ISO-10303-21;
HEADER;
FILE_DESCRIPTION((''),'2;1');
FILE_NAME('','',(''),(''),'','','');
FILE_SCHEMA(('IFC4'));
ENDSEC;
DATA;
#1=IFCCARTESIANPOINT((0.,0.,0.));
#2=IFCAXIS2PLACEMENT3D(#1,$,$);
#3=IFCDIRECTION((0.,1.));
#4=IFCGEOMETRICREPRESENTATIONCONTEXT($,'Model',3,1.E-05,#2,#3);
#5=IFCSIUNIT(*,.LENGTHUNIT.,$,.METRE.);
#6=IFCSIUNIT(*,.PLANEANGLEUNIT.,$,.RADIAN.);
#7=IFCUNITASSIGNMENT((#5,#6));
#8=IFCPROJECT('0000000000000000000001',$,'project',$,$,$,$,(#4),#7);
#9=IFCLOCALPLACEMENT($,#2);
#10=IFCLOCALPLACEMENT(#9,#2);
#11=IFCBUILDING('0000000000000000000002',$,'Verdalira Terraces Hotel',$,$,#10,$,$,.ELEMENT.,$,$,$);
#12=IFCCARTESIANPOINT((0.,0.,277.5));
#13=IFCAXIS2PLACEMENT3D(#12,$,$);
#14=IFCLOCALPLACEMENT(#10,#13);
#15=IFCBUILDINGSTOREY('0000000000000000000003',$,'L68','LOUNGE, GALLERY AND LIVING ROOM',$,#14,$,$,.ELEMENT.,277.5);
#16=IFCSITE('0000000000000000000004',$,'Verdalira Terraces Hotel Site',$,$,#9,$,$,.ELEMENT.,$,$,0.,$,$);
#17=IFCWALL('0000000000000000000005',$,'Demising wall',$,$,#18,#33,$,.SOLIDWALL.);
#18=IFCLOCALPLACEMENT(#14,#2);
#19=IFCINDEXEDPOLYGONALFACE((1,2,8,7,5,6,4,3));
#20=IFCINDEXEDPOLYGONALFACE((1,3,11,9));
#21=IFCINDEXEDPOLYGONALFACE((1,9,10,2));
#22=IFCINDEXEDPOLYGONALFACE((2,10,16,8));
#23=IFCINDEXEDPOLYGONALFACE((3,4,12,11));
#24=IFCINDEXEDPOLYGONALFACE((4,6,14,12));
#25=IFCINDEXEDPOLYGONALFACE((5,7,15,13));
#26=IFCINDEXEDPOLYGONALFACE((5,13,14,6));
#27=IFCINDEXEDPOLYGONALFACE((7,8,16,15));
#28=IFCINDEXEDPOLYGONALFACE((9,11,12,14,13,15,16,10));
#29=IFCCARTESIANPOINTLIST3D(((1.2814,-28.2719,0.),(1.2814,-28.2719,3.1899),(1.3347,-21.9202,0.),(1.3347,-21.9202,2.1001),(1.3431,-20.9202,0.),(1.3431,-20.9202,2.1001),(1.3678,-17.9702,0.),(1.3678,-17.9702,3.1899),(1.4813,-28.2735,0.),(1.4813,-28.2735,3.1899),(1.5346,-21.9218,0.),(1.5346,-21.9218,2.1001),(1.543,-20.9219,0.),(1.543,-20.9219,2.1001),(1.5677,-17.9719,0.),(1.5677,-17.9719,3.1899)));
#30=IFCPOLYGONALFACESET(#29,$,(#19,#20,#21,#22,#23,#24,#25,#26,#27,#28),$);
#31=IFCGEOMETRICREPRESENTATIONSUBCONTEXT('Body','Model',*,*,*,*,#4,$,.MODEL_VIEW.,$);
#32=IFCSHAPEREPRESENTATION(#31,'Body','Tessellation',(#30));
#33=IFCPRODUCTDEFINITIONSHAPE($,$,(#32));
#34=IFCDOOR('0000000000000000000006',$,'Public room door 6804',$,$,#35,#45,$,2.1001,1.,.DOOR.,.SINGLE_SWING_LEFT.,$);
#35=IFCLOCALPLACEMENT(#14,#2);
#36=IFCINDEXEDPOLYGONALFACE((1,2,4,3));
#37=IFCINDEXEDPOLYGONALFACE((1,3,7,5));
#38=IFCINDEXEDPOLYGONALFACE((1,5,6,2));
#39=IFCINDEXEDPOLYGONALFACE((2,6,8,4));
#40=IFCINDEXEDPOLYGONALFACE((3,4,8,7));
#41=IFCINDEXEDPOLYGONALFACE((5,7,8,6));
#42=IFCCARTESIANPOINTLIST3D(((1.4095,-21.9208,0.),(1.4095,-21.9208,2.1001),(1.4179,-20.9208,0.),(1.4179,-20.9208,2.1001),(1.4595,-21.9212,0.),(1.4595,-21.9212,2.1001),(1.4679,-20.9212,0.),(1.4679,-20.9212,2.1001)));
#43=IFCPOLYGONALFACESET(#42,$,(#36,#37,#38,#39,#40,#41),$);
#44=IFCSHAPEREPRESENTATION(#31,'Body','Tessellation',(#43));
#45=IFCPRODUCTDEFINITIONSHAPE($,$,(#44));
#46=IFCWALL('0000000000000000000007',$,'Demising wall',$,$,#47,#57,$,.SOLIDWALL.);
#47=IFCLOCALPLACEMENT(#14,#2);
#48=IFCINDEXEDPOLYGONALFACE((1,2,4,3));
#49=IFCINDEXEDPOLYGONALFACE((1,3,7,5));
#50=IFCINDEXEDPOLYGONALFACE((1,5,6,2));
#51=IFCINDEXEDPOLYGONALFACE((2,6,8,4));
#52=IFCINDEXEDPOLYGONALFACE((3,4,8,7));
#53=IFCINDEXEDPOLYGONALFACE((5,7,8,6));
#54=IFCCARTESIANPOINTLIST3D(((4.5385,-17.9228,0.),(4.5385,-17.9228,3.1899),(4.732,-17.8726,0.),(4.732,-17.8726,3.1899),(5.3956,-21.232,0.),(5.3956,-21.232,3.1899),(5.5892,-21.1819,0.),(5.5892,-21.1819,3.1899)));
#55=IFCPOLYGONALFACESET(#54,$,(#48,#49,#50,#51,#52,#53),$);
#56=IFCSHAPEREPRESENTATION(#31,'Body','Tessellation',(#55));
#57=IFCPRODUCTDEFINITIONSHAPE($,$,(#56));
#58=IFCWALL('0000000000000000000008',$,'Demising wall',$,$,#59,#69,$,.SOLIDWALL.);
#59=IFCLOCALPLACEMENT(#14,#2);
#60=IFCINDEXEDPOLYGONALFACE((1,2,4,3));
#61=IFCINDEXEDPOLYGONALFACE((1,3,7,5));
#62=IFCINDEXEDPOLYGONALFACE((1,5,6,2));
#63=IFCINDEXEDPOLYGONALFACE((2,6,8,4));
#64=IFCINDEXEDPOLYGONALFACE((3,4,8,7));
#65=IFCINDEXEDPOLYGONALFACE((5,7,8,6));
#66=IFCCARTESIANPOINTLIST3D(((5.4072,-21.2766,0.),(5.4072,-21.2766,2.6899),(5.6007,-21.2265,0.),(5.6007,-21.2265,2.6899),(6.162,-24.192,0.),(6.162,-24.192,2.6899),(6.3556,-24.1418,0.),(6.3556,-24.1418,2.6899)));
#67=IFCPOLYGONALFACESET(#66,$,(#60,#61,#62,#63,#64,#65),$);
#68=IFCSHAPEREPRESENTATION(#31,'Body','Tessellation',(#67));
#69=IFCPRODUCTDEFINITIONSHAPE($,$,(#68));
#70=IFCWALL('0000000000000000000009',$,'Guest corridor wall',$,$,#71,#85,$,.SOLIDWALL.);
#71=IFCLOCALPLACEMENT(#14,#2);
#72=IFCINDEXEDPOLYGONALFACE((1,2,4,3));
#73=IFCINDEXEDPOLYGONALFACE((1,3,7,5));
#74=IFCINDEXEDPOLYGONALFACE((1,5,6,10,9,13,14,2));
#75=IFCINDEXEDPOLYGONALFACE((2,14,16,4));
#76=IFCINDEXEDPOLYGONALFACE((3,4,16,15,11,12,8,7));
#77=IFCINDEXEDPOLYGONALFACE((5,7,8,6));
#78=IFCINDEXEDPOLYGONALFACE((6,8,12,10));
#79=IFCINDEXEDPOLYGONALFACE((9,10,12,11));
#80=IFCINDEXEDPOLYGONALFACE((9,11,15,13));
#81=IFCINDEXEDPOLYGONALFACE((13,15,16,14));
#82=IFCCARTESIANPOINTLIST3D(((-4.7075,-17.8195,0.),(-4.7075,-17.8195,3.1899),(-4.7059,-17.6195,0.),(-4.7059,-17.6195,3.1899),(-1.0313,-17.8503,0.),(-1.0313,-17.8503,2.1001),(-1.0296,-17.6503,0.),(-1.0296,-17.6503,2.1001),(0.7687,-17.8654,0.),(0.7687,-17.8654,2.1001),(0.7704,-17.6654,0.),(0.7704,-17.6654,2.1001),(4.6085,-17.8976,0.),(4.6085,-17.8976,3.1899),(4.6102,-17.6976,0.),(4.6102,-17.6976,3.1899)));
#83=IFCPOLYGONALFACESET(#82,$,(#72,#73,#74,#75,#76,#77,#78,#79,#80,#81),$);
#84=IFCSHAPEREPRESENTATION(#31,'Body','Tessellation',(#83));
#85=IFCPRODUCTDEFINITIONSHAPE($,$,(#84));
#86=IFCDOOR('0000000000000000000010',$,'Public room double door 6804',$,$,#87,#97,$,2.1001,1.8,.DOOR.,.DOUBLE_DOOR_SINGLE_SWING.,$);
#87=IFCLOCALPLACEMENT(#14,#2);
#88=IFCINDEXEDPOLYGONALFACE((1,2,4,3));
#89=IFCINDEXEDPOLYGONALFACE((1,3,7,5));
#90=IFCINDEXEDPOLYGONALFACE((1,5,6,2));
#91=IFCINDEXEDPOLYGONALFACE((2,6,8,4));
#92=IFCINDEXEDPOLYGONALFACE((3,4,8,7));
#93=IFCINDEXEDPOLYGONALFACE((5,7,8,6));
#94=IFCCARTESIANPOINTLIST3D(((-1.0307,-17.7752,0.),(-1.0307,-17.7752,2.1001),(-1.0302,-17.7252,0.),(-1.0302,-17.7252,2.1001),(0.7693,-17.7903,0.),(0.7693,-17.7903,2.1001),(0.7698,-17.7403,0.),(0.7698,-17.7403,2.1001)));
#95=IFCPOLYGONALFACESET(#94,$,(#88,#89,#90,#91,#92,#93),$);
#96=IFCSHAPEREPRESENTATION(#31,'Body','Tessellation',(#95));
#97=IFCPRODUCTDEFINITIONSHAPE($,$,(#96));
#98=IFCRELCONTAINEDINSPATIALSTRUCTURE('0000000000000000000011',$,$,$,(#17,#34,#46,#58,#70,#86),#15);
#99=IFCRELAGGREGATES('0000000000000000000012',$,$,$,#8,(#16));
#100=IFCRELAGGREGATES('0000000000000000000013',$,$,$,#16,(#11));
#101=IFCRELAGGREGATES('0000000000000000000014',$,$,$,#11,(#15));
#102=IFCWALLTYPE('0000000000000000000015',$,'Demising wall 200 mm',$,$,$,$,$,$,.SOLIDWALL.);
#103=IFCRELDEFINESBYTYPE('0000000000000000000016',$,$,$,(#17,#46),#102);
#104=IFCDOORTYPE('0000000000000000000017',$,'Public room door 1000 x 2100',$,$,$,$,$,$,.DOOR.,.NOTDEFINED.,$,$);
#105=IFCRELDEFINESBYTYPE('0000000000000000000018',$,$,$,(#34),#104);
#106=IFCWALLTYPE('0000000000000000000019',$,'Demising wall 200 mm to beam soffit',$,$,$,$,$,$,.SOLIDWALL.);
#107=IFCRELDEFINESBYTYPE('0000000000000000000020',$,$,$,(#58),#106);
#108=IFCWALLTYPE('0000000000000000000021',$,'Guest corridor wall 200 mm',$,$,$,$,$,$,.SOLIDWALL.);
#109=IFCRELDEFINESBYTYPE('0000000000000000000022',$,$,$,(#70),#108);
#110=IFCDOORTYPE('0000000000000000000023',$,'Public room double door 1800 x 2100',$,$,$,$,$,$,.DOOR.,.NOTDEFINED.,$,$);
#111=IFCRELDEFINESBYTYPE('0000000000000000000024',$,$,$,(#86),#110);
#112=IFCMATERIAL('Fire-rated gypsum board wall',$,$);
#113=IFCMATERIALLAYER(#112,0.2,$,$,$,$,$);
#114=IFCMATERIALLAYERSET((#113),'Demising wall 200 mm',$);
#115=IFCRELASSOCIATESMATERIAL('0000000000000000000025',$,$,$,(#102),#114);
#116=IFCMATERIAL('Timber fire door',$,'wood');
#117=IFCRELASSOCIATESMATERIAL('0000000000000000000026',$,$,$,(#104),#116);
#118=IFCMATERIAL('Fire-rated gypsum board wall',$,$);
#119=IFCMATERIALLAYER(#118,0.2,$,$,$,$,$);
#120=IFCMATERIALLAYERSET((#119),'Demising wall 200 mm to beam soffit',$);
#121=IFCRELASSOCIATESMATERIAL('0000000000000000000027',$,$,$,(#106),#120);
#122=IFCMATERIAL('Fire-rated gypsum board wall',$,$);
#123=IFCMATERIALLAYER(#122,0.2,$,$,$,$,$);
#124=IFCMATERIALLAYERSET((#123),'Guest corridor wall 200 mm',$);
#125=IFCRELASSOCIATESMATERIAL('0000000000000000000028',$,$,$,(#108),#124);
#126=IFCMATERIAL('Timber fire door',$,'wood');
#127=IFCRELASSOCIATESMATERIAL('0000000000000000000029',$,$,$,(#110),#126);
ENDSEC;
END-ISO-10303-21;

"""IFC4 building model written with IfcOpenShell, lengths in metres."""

from ifc_helpers import new_model, si_unit, direction, frame, frame_2d, origin, place, context, subcontext, project, spatial, rectangle, extrude, material, layer, layer_set, type_object, element, fill, save


model = new_model("IFC4")

# Units and contexts
model_context = context("Model", 3, precision=1e-05, world=origin(), true_north=direction((0.0, 1.0)))
body_context = subcontext(model_context, "Body", "Model", "MODEL_VIEW")
ifc_project = project(units=[si_unit("LENGTHUNIT", "METRE"), si_unit("PLANEANGLEUNIT", "RADIAN")], contexts=[model_context])

# Site, building, storey
site_placement = place(None, origin())
site = spatial("IfcSite", under=ifc_project, at=site_placement, Name="Verdalira Terraces Hotel Site", CompositionType="ELEMENT", RefElevation=0.0)
building_placement = place(site_placement, origin())
building = spatial("IfcBuilding", under=site, at=building_placement, Name="Verdalira Terraces Hotel", CompositionType="ELEMENT")
storey_placement = place(building_placement, frame((0.0, 0.0, 277.5)))
storey = spatial("IfcBuildingStorey", under=building, at=storey_placement, Name="L68", Description="LOUNGE, GALLERY AND LIVING ROOM", CompositionType="ELEMENT", Elevation=277.5)

# Wall, opening, door
ifc_material_1 = material(Name="Fire-rated gypsum board wall")
ifc_layer_1 = layer(ifc_material_1, 0.2)
ifc_layer_set_1 = layer_set([ifc_layer_1], Name="Demising wall 200 mm")
wall_type_1 = type_object("IfcWallType", Name="Demising wall 200 mm", PredefinedType="SOLIDWALL", material=ifc_layer_set_1)
wall_1_placement = place(storey_placement, frame((1.4678, -17.9712, 0.0), z_axis=(0.0, 0.0, 1.0), x_axis=(-0.008389, -0.999965, 0.0)))
wall_1 = element("IfcWall", 1, at=wall_1_placement, inside=storey, type_object=wall_type_1, Name="Demising wall", PredefinedType="SOLIDWALL", context=body_context, shape_type="SweptSolid", body=[
    extrude(rectangle(XDim=10.302, YDim=0.2, at=frame_2d((5.1509, 0.0))), origin(), (0.0, 0.0, 1.0), 3.1899),
])
opening_1_placement = place(wall_1_placement, frame((2.95, 0.0, 0.0)))
opening_1 = element("IfcOpeningElement", 2, at=opening_1_placement, cuts=wall_1, PredefinedType="OPENING", context=body_context, shape_type="SweptSolid", body=[
    extrude(rectangle(XDim=1.0, YDim=2.1001, at=frame_2d((0.5, 1.05))), frame((0.0, 0.1099, 0.0), z_axis=(0.0, -1.0, 0.0), x_axis=(1.0, 0.0, 0.0)), (0.0, 0.0, 1.0), 0.22),
])
ifc_material_2 = material(Name="Timber fire door", Category="wood")
door_type_1 = type_object("IfcDoorType", Name="Public room door 1000 x 2100", OperationType="NOTDEFINED", PredefinedType="DOOR", material=ifc_material_2)
door_1_placement = place(opening_1_placement, origin())
door_1 = element("IfcDoor", 3, at=door_1_placement, inside=storey, type_object=door_type_1, Name="Public room door 6804", OperationType="SINGLE_SWING_LEFT", OverallHeight=2.1001, OverallWidth=1.0, PredefinedType="DOOR", context=body_context, shape_type="SweptSolid", body=[
    extrude(rectangle(XDim=1.0, YDim=2.1001, at=frame_2d((0.5, 1.05))), frame((0.0, 0.0249, 0.0), z_axis=(0.0, -1.0, 0.0), x_axis=(1.0, 0.0, 0.0)), (0.0, 0.0, 1.0), 0.05),
])
fill(opening_1, door_1)

# Walls
wall_2_placement = place(storey_placement, frame((4.6353, -17.8977, 0.0), z_axis=(0.0, 0.0, 1.0), x_axis=(0.250744, -0.968053, 0.0)))
element("IfcWall", 4, at=wall_2_placement, inside=storey, type_object=wall_type_1, Name="Demising wall", PredefinedType="SOLIDWALL", context=body_context, shape_type="SweptSolid", body=[
    extrude(rectangle(XDim=3.4185, YDim=0.2, at=frame_2d((1.7092, 0.0))), origin(), (0.0, 0.0, 1.0), 3.1899),
])
ifc_material_3 = material(Name="Fire-rated gypsum board wall")
ifc_layer_2 = layer(ifc_material_3, 0.2)
ifc_layer_set_2 = layer_set([ifc_layer_2], Name="Demising wall 200 mm to beam soffit")
wall_type_2 = type_object("IfcWallType", Name="Demising wall 200 mm to beam soffit", PredefinedType="SOLIDWALL", material=ifc_layer_set_2)
wall_3_placement = place(storey_placement, frame((5.5039, -21.2515, 0.0), z_axis=(0.0, 0.0, 1.0), x_axis=(0.250672, -0.968072, 0.0)))
element("IfcWall", 5, at=wall_3_placement, inside=storey, type_object=wall_type_2, Name="Demising wall", PredefinedType="SOLIDWALL", context=body_context, shape_type="SweptSolid", body=[
    extrude(rectangle(XDim=3.0115, YDim=0.2, at=frame_2d((1.5059, 0.0))), origin(), (0.0, 0.0, 1.0), 2.6899),
])

# Wall, opening, door
ifc_material_4 = material(Name="Fire-rated gypsum board wall")
ifc_layer_3 = layer(ifc_material_4, 0.2)
ifc_layer_set_3 = layer_set([ifc_layer_3], Name="Guest corridor wall 200 mm")
wall_type_3 = type_object("IfcWallType", Name="Guest corridor wall 200 mm", PredefinedType="SOLIDWALL", material=ifc_layer_set_3)
wall_4_placement = place(storey_placement, frame((4.6094, -17.7976, 0.0), z_axis=(0.0, 0.0, 1.0), x_axis=(-0.999965, 0.008386, 0.0)))
wall_4 = element("IfcWall", 6, at=wall_4_placement, inside=storey, type_object=wall_type_3, Name="Guest corridor wall", PredefinedType="SOLIDWALL", context=body_context, shape_type="SweptSolid", body=[
    extrude(rectangle(XDim=9.3164, YDim=0.2, at=frame_2d((4.6582, 0.0))), origin(), (0.0, 0.0, 1.0), 3.1899),
])
opening_2_placement = place(wall_4_placement, frame((3.8401, 0.0, 0.0)))
opening_2 = element("IfcOpeningElement", 7, at=opening_2_placement, cuts=wall_4, PredefinedType="OPENING", context=body_context, shape_type="SweptSolid", body=[
    extrude(rectangle(XDim=1.8, YDim=2.1001, at=frame_2d((0.8999, 1.05))), frame((0.0, 0.1099, 0.0), z_axis=(0.0, -1.0, 0.0), x_axis=(1.0, 0.0, 0.0)), (0.0, 0.0, 1.0), 0.22),
])
ifc_material_5 = material(Name="Timber fire door", Category="wood")
door_type_2 = type_object("IfcDoorType", Name="Public room double door 1800 x 2100", OperationType="NOTDEFINED", PredefinedType="DOOR", material=ifc_material_5)
door_2_placement = place(opening_2_placement, origin())
door_2 = element("IfcDoor", 8, at=door_2_placement, inside=storey, type_object=door_type_2, Name="Public room double door 6804", OperationType="DOUBLE_DOOR_SINGLE_SWING", OverallHeight=2.1001, OverallWidth=1.8, PredefinedType="DOOR", context=body_context, shape_type="SweptSolid", body=[
    extrude(rectangle(XDim=1.8, YDim=2.1001, at=frame_2d((0.8999, 1.05))), frame((0.0, 0.0249, 0.0), z_axis=(0.0, -1.0, 0.0), x_axis=(1.0, 0.0, 0.0)), (0.0, 0.0, 1.0), 0.05),
])
fill(opening_2, door_2)

save(model, "model.ifc")
